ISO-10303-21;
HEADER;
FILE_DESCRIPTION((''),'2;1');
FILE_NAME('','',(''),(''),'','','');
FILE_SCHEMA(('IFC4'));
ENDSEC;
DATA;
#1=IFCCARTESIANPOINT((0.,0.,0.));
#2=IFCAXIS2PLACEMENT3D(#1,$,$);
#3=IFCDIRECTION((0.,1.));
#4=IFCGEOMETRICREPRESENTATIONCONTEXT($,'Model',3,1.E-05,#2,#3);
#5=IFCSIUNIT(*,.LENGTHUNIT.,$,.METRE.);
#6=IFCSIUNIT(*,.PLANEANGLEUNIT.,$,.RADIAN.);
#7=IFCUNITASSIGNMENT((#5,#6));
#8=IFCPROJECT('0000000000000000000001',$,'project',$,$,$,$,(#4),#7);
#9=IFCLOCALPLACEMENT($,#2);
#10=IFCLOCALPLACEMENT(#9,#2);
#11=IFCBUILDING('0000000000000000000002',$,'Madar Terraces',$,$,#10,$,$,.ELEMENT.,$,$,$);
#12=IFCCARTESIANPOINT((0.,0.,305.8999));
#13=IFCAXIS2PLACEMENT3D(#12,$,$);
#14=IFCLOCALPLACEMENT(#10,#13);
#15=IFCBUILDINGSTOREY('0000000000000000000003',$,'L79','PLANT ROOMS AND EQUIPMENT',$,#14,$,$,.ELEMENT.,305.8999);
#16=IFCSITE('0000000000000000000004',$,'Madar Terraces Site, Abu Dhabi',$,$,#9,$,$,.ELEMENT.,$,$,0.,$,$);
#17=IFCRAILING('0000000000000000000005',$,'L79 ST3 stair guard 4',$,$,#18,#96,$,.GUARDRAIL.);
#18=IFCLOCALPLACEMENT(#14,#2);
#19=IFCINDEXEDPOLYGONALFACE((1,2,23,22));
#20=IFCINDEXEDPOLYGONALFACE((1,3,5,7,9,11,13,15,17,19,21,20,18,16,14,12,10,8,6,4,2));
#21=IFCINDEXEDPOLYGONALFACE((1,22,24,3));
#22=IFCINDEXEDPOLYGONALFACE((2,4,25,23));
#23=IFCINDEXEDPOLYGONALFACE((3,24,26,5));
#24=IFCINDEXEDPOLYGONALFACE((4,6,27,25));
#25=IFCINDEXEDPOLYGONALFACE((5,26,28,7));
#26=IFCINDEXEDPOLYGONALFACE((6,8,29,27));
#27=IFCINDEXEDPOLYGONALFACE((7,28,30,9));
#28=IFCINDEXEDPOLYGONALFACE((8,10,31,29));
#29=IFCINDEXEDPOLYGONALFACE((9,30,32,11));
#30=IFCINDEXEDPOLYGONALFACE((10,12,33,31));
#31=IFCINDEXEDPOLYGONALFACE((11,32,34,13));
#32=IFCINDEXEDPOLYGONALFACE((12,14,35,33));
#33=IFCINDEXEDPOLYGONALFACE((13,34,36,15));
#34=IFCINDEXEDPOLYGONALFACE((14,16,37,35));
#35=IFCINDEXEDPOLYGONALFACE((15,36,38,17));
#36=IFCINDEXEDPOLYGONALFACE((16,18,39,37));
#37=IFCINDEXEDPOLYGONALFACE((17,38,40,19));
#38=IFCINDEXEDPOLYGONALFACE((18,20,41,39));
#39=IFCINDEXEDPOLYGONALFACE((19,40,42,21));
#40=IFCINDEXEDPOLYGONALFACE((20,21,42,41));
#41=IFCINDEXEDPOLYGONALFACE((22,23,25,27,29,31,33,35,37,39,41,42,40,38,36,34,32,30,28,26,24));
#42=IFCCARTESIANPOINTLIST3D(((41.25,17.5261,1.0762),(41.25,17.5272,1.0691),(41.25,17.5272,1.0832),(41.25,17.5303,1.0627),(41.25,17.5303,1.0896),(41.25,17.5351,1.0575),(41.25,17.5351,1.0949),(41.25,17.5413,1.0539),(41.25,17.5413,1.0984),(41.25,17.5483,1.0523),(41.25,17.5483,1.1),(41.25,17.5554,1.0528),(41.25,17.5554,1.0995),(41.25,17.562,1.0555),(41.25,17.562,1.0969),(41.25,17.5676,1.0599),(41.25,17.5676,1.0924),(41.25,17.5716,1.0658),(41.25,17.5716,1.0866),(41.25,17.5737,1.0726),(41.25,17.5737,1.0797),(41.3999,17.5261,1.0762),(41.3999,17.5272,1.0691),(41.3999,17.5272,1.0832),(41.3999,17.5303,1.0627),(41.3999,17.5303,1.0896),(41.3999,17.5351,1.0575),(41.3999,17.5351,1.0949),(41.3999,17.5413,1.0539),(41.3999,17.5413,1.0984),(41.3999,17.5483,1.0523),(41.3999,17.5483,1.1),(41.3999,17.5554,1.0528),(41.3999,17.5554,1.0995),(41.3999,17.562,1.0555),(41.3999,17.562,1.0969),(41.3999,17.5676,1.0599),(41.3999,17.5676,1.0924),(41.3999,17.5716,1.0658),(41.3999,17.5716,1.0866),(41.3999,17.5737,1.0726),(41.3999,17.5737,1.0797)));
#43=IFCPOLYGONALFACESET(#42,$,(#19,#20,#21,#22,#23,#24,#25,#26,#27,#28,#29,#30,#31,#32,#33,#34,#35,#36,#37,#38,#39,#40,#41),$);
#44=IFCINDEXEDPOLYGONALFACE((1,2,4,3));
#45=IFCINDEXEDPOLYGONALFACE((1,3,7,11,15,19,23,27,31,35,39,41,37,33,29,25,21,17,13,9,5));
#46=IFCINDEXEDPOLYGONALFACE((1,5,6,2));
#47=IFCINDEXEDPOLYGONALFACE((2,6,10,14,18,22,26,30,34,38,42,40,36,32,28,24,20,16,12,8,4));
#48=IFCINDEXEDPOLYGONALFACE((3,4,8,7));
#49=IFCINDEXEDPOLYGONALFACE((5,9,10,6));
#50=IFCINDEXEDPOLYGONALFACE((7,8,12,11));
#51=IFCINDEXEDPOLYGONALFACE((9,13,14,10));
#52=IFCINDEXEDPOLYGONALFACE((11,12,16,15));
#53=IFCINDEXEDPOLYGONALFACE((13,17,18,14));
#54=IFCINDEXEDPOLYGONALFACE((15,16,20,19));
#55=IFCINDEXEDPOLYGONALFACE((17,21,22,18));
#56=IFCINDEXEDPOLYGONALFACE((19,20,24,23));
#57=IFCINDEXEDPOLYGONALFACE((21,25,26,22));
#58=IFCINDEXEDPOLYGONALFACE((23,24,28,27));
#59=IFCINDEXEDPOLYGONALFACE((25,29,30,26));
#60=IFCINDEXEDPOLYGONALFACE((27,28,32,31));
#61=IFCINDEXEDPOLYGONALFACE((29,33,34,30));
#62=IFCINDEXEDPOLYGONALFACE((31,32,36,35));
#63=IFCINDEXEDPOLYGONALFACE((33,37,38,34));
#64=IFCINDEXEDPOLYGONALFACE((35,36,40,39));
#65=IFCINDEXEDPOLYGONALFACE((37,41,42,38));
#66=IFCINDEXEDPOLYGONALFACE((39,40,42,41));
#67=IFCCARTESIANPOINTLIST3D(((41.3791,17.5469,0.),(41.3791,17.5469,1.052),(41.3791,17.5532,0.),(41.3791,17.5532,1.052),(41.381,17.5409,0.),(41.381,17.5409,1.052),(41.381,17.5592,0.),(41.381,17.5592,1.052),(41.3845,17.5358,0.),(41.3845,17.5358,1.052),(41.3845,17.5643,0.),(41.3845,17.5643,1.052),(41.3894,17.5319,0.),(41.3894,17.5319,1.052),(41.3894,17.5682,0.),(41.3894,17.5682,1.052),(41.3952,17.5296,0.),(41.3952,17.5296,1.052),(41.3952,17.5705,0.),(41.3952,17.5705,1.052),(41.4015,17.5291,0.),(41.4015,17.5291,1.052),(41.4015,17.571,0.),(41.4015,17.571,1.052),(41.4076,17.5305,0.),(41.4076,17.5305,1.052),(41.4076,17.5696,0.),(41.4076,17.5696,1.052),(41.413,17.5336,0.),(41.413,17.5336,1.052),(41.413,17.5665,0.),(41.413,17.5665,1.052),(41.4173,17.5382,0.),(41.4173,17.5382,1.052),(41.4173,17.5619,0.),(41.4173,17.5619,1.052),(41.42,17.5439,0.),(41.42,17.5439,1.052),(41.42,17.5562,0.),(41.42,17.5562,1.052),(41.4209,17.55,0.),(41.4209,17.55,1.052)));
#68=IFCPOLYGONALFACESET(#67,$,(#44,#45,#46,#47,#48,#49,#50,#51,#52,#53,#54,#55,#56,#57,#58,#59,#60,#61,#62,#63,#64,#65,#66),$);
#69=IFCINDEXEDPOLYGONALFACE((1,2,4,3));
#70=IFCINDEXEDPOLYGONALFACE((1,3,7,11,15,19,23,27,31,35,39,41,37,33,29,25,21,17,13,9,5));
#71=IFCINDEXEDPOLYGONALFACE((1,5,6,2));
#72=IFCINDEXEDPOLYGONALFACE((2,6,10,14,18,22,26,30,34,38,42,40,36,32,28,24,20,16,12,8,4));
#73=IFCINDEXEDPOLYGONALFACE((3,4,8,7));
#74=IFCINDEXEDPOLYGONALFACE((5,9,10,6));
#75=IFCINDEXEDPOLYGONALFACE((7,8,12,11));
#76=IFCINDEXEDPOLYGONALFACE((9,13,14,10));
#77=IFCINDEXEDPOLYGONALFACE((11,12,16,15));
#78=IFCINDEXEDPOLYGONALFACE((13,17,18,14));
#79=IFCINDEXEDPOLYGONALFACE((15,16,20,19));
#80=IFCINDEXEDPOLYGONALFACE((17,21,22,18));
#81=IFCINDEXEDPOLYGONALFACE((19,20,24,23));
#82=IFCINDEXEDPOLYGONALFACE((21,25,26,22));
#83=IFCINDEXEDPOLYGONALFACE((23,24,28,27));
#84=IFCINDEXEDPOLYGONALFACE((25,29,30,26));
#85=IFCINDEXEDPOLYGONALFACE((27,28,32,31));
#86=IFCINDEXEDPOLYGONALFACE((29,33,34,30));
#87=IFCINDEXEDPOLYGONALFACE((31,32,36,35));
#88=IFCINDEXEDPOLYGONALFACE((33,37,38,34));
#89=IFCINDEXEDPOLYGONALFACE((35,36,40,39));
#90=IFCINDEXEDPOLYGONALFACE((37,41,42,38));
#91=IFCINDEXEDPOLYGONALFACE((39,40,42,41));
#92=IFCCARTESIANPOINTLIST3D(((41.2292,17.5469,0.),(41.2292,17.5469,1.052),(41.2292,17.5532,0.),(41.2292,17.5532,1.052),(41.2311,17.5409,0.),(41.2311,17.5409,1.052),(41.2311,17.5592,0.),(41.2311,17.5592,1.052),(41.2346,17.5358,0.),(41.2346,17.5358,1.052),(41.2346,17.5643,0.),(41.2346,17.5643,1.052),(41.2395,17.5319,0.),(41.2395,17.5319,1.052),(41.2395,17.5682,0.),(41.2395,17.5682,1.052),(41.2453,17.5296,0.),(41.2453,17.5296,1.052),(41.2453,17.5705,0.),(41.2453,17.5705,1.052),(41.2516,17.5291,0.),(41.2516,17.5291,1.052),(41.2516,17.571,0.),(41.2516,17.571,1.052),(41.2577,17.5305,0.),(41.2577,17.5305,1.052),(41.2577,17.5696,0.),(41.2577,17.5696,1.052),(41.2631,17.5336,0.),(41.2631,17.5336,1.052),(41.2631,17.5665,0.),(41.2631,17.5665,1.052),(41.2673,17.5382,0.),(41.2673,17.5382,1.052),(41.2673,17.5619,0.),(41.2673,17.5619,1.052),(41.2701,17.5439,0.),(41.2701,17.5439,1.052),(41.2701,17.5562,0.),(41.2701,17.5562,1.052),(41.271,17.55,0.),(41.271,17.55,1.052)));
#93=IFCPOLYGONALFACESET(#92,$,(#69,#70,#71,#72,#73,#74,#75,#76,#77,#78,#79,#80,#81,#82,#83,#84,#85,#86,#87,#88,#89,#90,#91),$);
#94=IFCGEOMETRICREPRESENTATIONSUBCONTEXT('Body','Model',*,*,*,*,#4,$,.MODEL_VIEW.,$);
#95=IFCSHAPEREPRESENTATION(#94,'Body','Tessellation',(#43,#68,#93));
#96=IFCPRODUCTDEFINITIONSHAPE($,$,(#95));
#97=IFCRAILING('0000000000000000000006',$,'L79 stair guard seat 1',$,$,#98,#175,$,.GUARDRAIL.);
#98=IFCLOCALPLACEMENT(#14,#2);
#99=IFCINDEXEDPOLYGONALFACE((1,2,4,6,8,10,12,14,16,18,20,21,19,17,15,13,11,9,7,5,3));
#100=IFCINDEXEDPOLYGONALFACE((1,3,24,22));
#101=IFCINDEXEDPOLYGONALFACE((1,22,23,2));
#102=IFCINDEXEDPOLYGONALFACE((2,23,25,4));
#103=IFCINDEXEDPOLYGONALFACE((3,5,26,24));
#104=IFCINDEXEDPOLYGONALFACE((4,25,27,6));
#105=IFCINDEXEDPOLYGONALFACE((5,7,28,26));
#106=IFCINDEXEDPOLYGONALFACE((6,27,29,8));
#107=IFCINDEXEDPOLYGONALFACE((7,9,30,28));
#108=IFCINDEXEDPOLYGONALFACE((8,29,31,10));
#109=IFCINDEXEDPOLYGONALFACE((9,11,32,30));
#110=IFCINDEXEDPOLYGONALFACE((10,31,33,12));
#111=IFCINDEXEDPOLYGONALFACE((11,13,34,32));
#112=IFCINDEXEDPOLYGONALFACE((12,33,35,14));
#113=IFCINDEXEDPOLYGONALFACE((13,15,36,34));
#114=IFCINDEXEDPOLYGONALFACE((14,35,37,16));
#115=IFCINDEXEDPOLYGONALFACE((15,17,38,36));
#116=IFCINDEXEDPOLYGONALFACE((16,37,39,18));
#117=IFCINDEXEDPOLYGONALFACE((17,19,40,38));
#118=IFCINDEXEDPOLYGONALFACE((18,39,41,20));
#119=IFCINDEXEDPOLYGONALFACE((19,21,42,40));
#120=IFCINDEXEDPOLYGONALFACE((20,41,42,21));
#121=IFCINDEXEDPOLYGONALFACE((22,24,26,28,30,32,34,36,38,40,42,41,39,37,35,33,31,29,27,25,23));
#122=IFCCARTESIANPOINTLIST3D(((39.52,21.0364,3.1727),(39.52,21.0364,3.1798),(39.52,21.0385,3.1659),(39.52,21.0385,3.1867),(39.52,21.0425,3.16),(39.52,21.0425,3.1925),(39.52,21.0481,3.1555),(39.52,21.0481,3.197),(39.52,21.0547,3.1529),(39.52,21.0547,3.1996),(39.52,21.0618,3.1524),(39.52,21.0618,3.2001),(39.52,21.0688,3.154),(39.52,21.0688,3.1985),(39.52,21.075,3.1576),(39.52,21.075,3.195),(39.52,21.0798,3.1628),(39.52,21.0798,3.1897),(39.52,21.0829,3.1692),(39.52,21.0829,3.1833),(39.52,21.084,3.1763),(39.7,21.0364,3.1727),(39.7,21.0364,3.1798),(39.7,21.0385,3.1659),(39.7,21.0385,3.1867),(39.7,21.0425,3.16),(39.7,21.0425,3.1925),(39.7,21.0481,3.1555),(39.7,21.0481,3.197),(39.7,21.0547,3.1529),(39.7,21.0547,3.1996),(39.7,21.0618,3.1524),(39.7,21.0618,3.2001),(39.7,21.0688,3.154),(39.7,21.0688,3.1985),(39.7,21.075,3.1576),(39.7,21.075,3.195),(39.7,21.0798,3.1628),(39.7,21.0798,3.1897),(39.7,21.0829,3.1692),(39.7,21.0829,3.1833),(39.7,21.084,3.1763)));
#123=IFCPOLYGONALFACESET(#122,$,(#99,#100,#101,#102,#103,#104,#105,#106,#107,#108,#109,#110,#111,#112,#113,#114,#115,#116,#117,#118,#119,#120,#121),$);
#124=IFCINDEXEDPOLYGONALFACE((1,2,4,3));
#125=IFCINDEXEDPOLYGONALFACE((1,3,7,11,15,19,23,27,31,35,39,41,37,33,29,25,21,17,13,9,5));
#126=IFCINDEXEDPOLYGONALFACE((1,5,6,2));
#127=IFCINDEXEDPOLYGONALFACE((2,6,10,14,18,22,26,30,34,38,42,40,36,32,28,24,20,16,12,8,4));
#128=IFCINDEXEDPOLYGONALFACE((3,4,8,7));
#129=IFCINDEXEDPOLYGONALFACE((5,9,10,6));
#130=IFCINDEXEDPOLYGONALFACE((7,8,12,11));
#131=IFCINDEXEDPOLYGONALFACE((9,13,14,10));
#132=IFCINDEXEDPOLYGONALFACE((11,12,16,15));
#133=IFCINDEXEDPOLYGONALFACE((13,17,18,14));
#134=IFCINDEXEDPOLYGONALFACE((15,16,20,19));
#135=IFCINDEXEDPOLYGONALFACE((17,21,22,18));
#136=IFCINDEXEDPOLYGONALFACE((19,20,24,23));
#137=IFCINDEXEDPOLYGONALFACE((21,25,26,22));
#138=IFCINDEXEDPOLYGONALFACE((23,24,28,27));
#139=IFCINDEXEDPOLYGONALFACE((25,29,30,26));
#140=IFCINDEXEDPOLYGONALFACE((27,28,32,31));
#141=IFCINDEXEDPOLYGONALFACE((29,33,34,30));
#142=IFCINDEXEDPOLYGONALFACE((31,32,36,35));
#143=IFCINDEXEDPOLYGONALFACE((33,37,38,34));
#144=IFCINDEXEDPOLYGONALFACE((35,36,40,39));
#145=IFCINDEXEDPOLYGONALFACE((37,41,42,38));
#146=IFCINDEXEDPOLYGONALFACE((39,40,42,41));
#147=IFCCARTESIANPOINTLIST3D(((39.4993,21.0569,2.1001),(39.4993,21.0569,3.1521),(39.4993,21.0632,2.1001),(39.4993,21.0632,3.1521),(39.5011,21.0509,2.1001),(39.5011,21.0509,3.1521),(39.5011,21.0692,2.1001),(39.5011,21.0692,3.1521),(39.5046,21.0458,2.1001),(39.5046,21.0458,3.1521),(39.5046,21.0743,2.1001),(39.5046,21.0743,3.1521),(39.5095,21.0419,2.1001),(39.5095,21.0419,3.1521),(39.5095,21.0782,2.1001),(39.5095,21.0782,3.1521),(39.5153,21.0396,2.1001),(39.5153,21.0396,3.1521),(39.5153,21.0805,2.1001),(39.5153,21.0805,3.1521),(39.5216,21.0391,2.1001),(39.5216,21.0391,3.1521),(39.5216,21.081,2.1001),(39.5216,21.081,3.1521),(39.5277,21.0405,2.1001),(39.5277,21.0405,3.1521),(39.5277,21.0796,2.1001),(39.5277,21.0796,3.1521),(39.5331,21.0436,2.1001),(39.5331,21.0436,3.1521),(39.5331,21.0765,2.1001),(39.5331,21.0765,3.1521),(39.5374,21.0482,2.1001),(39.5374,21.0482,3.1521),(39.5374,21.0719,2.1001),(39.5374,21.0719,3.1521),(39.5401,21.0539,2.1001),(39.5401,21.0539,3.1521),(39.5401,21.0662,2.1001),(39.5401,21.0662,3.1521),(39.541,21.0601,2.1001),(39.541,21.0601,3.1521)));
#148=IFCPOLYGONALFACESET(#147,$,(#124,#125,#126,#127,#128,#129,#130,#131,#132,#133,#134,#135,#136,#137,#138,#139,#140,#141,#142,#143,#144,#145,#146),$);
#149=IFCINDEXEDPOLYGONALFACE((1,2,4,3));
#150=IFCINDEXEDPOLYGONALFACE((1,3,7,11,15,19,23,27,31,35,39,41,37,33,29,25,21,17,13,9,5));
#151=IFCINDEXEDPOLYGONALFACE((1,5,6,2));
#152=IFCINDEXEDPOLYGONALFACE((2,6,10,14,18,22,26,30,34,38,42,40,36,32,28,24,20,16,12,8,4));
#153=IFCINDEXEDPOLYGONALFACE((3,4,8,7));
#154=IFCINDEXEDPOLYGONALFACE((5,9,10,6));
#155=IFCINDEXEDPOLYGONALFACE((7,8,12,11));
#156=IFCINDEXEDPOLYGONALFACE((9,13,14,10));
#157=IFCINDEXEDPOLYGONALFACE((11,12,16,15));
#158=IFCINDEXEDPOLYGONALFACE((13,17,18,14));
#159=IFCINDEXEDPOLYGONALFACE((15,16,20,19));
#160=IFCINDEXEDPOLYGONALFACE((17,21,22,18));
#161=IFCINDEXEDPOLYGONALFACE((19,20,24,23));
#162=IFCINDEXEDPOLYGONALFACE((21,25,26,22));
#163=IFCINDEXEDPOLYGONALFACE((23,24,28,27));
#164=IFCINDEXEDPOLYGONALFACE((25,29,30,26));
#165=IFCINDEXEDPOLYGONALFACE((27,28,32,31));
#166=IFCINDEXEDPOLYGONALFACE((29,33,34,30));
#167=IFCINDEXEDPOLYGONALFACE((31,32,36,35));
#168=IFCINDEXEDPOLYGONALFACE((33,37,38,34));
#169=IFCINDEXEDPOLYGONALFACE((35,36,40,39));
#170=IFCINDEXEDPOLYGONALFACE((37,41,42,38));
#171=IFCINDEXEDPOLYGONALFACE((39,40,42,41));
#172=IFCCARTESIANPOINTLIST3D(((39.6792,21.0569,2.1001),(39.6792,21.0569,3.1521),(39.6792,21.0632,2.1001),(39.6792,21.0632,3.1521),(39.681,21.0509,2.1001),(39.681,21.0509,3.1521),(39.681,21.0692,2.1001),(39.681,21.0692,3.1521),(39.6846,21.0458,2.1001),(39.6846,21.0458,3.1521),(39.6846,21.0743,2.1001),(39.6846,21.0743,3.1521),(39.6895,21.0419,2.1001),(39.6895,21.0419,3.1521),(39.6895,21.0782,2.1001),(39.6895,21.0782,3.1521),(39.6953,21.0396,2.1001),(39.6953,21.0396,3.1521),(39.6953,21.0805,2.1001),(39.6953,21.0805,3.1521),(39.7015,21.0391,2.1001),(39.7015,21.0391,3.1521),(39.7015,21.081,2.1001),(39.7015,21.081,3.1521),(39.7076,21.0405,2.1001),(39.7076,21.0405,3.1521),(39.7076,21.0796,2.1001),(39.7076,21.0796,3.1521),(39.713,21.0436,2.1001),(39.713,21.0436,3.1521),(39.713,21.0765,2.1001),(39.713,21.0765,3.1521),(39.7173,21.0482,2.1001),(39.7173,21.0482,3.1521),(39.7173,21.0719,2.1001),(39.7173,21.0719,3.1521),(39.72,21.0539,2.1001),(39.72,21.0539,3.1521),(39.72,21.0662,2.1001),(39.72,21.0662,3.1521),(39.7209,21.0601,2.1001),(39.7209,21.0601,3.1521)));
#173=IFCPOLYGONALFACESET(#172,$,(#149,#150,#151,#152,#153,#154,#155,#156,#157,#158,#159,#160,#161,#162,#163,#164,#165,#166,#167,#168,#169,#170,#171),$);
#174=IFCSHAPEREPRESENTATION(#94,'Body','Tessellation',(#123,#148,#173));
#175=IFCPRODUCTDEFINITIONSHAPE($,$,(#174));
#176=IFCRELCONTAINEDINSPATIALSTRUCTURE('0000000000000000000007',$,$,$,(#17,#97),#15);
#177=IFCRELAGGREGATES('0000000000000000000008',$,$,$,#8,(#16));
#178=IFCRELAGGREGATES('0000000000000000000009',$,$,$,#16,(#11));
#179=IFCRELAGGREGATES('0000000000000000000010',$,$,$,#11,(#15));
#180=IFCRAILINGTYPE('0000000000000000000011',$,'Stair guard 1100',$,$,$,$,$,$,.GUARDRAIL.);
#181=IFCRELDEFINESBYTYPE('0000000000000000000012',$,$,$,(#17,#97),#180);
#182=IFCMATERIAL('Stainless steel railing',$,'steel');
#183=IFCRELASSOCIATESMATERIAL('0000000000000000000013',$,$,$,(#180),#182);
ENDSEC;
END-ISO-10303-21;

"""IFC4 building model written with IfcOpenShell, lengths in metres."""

from ifc_helpers import new_model, si_unit, direction, frame, origin, origin_2d, place, context, subcontext, project, spatial, circle, extrude, material, type_object, element, save


model = new_model("IFC4")

# Units and contexts
model_context = context("Model", 3, precision=1e-05, world=origin(), true_north=direction((0.0, 1.0)))
body_context = subcontext(model_context, "Body", "Model", "MODEL_VIEW")
ifc_project = project(units=[si_unit("LENGTHUNIT", "METRE"), si_unit("PLANEANGLEUNIT", "RADIAN")], contexts=[model_context])

# Site, building, storey
site_placement = place(None, origin())
site = spatial("IfcSite", under=ifc_project, at=site_placement, Name="Madar Terraces Site, Abu Dhabi", CompositionType="ELEMENT", RefElevation=0.0)
building_placement = place(site_placement, origin())
building = spatial("IfcBuilding", under=site, at=building_placement, Name="Madar Terraces", CompositionType="ELEMENT")
storey_placement = place(building_placement, frame((0.0, 0.0, 305.8999)))
storey = spatial("IfcBuildingStorey", under=building, at=storey_placement, Name="L79", Description="PLANT ROOMS AND EQUIPMENT", CompositionType="ELEMENT", Elevation=305.8999)

# Railings
ifc_material_1 = material(Name="Stainless steel railing", Category="steel")
railing_type_1 = type_object("IfcRailingType", Name="Stair guard 1100", PredefinedType="GUARDRAIL", material=ifc_material_1)
railing_1_placement = place(storey_placement, frame((41.3999, 17.55, 0.0)))
element("IfcRailing", 1, at=railing_1_placement, inside=storey, type_object=railing_type_1, Name="L79 ST3 stair guard 4", PredefinedType="GUARDRAIL", context=body_context, shape_type="SweptSolid", body=[
    extrude(circle(Radius=0.0239, at=origin_2d()), frame((0.0, 0.0, 1.0762), z_axis=(-1.0, 0.0, 0.0), x_axis=(0.0, -1.0, 0.0)), (0.0, 0.0, 1.0), 0.1499),
    extrude(circle(Radius=0.021, at=origin_2d()), origin(), (0.0, 0.0, 1.0), 1.052),
    extrude(circle(Radius=0.021, at=origin_2d()), frame((-0.1499, 0.0, 0.0)), (0.0, 0.0, 1.0), 1.052),
])
for number, where, name in (
    (2, (39.52, 21.0601, 2.1001), "L79 stair guard seat 1"),
):
    element("IfcRailing", number, at=place(storey_placement, frame(where)), inside=storey, type_object=railing_type_1, Name=name, PredefinedType="GUARDRAIL", context=body_context, shape_type="SweptSolid", body=[
        extrude(circle(Radius=0.0239, at=origin_2d()), frame((0.0, 0.0, 1.0762), z_axis=(1.0, 0.0, 0.0), x_axis=(0.0, 1.0, 0.0)), (0.0, 0.0, 1.0), 0.1799),
        extrude(circle(Radius=0.021, at=origin_2d()), origin(), (0.0, 0.0, 1.0), 1.052),
        extrude(circle(Radius=0.021, at=origin_2d()), frame((0.1799, 0.0, 0.0)), (0.0, 0.0, 1.0), 1.052),
    ])

save(model, "model.ifc")
